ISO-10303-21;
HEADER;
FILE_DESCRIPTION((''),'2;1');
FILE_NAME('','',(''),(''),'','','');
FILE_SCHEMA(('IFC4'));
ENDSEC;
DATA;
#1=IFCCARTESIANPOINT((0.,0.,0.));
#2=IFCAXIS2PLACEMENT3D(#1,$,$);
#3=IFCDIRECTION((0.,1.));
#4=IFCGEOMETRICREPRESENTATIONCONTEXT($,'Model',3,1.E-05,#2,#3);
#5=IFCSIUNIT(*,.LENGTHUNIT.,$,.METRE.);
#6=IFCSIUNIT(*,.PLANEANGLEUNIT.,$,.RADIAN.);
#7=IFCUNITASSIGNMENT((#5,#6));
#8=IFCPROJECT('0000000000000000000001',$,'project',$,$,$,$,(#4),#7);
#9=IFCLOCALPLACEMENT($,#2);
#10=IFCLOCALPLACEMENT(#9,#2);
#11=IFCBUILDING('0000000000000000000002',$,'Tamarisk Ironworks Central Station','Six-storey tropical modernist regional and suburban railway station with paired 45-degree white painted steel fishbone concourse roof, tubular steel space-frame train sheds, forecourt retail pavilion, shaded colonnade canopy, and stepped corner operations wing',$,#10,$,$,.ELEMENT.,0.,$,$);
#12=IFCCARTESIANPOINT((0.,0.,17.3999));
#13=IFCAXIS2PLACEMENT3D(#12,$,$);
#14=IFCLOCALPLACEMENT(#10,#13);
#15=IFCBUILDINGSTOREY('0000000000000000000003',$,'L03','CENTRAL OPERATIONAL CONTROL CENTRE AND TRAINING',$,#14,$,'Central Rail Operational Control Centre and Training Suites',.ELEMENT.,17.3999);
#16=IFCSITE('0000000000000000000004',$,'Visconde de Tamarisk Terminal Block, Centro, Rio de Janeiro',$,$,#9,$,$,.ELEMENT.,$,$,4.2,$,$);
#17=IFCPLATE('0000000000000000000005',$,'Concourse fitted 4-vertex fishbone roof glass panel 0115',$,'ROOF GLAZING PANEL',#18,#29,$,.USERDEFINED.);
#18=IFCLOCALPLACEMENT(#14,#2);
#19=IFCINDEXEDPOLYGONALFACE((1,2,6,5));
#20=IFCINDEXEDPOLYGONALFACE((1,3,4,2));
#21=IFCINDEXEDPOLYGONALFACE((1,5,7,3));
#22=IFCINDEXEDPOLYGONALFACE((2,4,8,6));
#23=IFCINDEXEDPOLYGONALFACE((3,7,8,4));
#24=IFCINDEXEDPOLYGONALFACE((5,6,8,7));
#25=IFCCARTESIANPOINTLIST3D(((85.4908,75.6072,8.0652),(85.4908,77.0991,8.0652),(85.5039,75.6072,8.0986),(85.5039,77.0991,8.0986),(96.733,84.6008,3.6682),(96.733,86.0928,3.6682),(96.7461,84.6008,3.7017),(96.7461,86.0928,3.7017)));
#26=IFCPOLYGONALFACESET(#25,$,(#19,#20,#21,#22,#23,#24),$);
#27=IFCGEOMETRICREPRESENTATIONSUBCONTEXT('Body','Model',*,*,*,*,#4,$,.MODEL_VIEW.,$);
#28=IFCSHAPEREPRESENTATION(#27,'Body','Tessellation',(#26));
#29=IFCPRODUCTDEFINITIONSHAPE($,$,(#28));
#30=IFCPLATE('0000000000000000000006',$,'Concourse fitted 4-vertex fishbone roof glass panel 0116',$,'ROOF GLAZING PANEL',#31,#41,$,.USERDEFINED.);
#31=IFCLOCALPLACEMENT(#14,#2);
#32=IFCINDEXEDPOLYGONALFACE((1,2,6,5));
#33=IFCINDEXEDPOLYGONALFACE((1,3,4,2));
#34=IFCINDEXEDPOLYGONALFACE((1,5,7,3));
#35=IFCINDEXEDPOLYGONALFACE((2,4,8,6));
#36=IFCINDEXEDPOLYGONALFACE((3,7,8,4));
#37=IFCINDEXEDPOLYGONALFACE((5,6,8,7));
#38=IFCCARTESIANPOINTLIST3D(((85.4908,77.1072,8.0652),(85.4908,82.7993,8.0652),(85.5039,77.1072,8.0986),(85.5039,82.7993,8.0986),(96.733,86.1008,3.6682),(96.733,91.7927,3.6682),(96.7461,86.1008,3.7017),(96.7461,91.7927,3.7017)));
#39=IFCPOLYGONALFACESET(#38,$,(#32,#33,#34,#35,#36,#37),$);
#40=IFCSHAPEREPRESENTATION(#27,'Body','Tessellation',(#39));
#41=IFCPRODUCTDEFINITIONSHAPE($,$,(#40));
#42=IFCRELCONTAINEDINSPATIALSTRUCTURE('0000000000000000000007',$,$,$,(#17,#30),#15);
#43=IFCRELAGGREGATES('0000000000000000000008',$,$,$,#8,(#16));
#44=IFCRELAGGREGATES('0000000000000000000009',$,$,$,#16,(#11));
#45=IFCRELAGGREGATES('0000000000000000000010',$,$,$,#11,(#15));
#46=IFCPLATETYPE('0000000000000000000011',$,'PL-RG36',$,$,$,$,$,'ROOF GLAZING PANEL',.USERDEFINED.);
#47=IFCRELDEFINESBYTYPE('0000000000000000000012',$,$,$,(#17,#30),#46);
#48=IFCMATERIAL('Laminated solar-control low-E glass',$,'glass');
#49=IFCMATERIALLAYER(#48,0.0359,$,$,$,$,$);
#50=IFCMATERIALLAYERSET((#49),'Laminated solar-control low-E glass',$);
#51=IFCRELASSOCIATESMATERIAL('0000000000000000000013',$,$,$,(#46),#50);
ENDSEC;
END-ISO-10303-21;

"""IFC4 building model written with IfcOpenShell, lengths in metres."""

from ifc_helpers import new_model, si_unit, direction, frame, origin, place, context, subcontext, project, spatial, polyline, outline, extrude, material, layer, layer_set, type_object, element, save


model = new_model("IFC4")

# Units and contexts
model_context = context("Model", 3, precision=1e-05, world=origin(), true_north=direction((0.0, 1.0)))
body_context = subcontext(model_context, "Body", "Model", "MODEL_VIEW")
ifc_project = project(units=[si_unit("LENGTHUNIT", "METRE"), si_unit("PLANEANGLEUNIT", "RADIAN")], contexts=[model_context])

# Site, building, storey
site_placement = place(None, origin())
site = spatial("IfcSite", under=ifc_project, at=site_placement, Name="Visconde de Tamarisk Terminal Block, Centro, Rio de Janeiro", CompositionType="ELEMENT", RefElevation=4.2)
building_placement = place(site_placement, origin())
building = spatial("IfcBuilding", under=site, at=building_placement, Name="Tamarisk Ironworks Central Station", Description="Six-storey tropical modernist regional and suburban railway station with paired 45-degree white painted steel fishbone concourse roof, tubular steel space-frame train sheds, forecourt retail pavilion, shaded colonnade canopy, and stepped corner operations wing", CompositionType="ELEMENT", ElevationOfRefHeight=0.0)
storey_placement = place(building_placement, frame((0.0, 0.0, 17.3999)))
storey = spatial("IfcBuildingStorey", under=building, at=storey_placement, Name="L03", Description="CENTRAL OPERATIONAL CONTROL CENTRE AND TRAINING", LongName="Central Rail Operational Control Centre and Training Suites", CompositionType="ELEMENT", Elevation=17.3999)

# Plates
ifc_material_1 = material(Name="Laminated solar-control low-E glass", Category="glass")
ifc_layer_1 = layer(ifc_material_1, 0.0359)
ifc_layer_set_1 = layer_set([ifc_layer_1], Name="Laminated solar-control low-E glass")
plate_type_1 = type_object("IfcPlateType", Name="PL-RG36", ElementType="ROOF GLAZING PANEL", PredefinedType="USERDEFINED", material=ifc_layer_set_1)
plate_1_placement = place(storey_placement, frame((96.7461, 84.6008, 3.7017), z_axis=(0.364245, 0.0, 0.931303), x_axis=(0.0, 1.0, 0.0)))
element("IfcPlate", 1, at=plate_1_placement, inside=storey, type_object=plate_type_1, Name="Concourse fitted 4-vertex fishbone roof glass panel 0115", ObjectType="ROOF GLAZING PANEL", PredefinedType="USERDEFINED", context=body_context, shape_type="SweptSolid", body=[
    extrude(outline(polyline([(0.0, 0.0), (1.4919, 0.0), (-7.5017, 12.0715), (-8.9937, 12.0715), (0.0, 0.0)])), origin(), (0.0, 0.0, -1.0), 0.0359),
])
plate_2_placement = place(storey_placement, frame((96.7461, 86.1008, 3.7017), z_axis=(0.364245, 0.0, 0.931303), x_axis=(0.0, 1.0, 0.0)))
element("IfcPlate", 2, at=plate_2_placement, inside=storey, type_object=plate_type_1, Name="Concourse fitted 4-vertex fishbone roof glass panel 0116", ObjectType="ROOF GLAZING PANEL", PredefinedType="USERDEFINED", context=body_context, shape_type="SweptSolid", body=[
    extrude(outline(polyline([(0.0, 0.0), (5.6919, 0.0), (-3.3015, 12.0715), (-8.9937, 12.0715), (0.0, 0.0)])), origin(), (0.0, 0.0, -1.0), 0.0359),
])

save(model, "model.ifc")
